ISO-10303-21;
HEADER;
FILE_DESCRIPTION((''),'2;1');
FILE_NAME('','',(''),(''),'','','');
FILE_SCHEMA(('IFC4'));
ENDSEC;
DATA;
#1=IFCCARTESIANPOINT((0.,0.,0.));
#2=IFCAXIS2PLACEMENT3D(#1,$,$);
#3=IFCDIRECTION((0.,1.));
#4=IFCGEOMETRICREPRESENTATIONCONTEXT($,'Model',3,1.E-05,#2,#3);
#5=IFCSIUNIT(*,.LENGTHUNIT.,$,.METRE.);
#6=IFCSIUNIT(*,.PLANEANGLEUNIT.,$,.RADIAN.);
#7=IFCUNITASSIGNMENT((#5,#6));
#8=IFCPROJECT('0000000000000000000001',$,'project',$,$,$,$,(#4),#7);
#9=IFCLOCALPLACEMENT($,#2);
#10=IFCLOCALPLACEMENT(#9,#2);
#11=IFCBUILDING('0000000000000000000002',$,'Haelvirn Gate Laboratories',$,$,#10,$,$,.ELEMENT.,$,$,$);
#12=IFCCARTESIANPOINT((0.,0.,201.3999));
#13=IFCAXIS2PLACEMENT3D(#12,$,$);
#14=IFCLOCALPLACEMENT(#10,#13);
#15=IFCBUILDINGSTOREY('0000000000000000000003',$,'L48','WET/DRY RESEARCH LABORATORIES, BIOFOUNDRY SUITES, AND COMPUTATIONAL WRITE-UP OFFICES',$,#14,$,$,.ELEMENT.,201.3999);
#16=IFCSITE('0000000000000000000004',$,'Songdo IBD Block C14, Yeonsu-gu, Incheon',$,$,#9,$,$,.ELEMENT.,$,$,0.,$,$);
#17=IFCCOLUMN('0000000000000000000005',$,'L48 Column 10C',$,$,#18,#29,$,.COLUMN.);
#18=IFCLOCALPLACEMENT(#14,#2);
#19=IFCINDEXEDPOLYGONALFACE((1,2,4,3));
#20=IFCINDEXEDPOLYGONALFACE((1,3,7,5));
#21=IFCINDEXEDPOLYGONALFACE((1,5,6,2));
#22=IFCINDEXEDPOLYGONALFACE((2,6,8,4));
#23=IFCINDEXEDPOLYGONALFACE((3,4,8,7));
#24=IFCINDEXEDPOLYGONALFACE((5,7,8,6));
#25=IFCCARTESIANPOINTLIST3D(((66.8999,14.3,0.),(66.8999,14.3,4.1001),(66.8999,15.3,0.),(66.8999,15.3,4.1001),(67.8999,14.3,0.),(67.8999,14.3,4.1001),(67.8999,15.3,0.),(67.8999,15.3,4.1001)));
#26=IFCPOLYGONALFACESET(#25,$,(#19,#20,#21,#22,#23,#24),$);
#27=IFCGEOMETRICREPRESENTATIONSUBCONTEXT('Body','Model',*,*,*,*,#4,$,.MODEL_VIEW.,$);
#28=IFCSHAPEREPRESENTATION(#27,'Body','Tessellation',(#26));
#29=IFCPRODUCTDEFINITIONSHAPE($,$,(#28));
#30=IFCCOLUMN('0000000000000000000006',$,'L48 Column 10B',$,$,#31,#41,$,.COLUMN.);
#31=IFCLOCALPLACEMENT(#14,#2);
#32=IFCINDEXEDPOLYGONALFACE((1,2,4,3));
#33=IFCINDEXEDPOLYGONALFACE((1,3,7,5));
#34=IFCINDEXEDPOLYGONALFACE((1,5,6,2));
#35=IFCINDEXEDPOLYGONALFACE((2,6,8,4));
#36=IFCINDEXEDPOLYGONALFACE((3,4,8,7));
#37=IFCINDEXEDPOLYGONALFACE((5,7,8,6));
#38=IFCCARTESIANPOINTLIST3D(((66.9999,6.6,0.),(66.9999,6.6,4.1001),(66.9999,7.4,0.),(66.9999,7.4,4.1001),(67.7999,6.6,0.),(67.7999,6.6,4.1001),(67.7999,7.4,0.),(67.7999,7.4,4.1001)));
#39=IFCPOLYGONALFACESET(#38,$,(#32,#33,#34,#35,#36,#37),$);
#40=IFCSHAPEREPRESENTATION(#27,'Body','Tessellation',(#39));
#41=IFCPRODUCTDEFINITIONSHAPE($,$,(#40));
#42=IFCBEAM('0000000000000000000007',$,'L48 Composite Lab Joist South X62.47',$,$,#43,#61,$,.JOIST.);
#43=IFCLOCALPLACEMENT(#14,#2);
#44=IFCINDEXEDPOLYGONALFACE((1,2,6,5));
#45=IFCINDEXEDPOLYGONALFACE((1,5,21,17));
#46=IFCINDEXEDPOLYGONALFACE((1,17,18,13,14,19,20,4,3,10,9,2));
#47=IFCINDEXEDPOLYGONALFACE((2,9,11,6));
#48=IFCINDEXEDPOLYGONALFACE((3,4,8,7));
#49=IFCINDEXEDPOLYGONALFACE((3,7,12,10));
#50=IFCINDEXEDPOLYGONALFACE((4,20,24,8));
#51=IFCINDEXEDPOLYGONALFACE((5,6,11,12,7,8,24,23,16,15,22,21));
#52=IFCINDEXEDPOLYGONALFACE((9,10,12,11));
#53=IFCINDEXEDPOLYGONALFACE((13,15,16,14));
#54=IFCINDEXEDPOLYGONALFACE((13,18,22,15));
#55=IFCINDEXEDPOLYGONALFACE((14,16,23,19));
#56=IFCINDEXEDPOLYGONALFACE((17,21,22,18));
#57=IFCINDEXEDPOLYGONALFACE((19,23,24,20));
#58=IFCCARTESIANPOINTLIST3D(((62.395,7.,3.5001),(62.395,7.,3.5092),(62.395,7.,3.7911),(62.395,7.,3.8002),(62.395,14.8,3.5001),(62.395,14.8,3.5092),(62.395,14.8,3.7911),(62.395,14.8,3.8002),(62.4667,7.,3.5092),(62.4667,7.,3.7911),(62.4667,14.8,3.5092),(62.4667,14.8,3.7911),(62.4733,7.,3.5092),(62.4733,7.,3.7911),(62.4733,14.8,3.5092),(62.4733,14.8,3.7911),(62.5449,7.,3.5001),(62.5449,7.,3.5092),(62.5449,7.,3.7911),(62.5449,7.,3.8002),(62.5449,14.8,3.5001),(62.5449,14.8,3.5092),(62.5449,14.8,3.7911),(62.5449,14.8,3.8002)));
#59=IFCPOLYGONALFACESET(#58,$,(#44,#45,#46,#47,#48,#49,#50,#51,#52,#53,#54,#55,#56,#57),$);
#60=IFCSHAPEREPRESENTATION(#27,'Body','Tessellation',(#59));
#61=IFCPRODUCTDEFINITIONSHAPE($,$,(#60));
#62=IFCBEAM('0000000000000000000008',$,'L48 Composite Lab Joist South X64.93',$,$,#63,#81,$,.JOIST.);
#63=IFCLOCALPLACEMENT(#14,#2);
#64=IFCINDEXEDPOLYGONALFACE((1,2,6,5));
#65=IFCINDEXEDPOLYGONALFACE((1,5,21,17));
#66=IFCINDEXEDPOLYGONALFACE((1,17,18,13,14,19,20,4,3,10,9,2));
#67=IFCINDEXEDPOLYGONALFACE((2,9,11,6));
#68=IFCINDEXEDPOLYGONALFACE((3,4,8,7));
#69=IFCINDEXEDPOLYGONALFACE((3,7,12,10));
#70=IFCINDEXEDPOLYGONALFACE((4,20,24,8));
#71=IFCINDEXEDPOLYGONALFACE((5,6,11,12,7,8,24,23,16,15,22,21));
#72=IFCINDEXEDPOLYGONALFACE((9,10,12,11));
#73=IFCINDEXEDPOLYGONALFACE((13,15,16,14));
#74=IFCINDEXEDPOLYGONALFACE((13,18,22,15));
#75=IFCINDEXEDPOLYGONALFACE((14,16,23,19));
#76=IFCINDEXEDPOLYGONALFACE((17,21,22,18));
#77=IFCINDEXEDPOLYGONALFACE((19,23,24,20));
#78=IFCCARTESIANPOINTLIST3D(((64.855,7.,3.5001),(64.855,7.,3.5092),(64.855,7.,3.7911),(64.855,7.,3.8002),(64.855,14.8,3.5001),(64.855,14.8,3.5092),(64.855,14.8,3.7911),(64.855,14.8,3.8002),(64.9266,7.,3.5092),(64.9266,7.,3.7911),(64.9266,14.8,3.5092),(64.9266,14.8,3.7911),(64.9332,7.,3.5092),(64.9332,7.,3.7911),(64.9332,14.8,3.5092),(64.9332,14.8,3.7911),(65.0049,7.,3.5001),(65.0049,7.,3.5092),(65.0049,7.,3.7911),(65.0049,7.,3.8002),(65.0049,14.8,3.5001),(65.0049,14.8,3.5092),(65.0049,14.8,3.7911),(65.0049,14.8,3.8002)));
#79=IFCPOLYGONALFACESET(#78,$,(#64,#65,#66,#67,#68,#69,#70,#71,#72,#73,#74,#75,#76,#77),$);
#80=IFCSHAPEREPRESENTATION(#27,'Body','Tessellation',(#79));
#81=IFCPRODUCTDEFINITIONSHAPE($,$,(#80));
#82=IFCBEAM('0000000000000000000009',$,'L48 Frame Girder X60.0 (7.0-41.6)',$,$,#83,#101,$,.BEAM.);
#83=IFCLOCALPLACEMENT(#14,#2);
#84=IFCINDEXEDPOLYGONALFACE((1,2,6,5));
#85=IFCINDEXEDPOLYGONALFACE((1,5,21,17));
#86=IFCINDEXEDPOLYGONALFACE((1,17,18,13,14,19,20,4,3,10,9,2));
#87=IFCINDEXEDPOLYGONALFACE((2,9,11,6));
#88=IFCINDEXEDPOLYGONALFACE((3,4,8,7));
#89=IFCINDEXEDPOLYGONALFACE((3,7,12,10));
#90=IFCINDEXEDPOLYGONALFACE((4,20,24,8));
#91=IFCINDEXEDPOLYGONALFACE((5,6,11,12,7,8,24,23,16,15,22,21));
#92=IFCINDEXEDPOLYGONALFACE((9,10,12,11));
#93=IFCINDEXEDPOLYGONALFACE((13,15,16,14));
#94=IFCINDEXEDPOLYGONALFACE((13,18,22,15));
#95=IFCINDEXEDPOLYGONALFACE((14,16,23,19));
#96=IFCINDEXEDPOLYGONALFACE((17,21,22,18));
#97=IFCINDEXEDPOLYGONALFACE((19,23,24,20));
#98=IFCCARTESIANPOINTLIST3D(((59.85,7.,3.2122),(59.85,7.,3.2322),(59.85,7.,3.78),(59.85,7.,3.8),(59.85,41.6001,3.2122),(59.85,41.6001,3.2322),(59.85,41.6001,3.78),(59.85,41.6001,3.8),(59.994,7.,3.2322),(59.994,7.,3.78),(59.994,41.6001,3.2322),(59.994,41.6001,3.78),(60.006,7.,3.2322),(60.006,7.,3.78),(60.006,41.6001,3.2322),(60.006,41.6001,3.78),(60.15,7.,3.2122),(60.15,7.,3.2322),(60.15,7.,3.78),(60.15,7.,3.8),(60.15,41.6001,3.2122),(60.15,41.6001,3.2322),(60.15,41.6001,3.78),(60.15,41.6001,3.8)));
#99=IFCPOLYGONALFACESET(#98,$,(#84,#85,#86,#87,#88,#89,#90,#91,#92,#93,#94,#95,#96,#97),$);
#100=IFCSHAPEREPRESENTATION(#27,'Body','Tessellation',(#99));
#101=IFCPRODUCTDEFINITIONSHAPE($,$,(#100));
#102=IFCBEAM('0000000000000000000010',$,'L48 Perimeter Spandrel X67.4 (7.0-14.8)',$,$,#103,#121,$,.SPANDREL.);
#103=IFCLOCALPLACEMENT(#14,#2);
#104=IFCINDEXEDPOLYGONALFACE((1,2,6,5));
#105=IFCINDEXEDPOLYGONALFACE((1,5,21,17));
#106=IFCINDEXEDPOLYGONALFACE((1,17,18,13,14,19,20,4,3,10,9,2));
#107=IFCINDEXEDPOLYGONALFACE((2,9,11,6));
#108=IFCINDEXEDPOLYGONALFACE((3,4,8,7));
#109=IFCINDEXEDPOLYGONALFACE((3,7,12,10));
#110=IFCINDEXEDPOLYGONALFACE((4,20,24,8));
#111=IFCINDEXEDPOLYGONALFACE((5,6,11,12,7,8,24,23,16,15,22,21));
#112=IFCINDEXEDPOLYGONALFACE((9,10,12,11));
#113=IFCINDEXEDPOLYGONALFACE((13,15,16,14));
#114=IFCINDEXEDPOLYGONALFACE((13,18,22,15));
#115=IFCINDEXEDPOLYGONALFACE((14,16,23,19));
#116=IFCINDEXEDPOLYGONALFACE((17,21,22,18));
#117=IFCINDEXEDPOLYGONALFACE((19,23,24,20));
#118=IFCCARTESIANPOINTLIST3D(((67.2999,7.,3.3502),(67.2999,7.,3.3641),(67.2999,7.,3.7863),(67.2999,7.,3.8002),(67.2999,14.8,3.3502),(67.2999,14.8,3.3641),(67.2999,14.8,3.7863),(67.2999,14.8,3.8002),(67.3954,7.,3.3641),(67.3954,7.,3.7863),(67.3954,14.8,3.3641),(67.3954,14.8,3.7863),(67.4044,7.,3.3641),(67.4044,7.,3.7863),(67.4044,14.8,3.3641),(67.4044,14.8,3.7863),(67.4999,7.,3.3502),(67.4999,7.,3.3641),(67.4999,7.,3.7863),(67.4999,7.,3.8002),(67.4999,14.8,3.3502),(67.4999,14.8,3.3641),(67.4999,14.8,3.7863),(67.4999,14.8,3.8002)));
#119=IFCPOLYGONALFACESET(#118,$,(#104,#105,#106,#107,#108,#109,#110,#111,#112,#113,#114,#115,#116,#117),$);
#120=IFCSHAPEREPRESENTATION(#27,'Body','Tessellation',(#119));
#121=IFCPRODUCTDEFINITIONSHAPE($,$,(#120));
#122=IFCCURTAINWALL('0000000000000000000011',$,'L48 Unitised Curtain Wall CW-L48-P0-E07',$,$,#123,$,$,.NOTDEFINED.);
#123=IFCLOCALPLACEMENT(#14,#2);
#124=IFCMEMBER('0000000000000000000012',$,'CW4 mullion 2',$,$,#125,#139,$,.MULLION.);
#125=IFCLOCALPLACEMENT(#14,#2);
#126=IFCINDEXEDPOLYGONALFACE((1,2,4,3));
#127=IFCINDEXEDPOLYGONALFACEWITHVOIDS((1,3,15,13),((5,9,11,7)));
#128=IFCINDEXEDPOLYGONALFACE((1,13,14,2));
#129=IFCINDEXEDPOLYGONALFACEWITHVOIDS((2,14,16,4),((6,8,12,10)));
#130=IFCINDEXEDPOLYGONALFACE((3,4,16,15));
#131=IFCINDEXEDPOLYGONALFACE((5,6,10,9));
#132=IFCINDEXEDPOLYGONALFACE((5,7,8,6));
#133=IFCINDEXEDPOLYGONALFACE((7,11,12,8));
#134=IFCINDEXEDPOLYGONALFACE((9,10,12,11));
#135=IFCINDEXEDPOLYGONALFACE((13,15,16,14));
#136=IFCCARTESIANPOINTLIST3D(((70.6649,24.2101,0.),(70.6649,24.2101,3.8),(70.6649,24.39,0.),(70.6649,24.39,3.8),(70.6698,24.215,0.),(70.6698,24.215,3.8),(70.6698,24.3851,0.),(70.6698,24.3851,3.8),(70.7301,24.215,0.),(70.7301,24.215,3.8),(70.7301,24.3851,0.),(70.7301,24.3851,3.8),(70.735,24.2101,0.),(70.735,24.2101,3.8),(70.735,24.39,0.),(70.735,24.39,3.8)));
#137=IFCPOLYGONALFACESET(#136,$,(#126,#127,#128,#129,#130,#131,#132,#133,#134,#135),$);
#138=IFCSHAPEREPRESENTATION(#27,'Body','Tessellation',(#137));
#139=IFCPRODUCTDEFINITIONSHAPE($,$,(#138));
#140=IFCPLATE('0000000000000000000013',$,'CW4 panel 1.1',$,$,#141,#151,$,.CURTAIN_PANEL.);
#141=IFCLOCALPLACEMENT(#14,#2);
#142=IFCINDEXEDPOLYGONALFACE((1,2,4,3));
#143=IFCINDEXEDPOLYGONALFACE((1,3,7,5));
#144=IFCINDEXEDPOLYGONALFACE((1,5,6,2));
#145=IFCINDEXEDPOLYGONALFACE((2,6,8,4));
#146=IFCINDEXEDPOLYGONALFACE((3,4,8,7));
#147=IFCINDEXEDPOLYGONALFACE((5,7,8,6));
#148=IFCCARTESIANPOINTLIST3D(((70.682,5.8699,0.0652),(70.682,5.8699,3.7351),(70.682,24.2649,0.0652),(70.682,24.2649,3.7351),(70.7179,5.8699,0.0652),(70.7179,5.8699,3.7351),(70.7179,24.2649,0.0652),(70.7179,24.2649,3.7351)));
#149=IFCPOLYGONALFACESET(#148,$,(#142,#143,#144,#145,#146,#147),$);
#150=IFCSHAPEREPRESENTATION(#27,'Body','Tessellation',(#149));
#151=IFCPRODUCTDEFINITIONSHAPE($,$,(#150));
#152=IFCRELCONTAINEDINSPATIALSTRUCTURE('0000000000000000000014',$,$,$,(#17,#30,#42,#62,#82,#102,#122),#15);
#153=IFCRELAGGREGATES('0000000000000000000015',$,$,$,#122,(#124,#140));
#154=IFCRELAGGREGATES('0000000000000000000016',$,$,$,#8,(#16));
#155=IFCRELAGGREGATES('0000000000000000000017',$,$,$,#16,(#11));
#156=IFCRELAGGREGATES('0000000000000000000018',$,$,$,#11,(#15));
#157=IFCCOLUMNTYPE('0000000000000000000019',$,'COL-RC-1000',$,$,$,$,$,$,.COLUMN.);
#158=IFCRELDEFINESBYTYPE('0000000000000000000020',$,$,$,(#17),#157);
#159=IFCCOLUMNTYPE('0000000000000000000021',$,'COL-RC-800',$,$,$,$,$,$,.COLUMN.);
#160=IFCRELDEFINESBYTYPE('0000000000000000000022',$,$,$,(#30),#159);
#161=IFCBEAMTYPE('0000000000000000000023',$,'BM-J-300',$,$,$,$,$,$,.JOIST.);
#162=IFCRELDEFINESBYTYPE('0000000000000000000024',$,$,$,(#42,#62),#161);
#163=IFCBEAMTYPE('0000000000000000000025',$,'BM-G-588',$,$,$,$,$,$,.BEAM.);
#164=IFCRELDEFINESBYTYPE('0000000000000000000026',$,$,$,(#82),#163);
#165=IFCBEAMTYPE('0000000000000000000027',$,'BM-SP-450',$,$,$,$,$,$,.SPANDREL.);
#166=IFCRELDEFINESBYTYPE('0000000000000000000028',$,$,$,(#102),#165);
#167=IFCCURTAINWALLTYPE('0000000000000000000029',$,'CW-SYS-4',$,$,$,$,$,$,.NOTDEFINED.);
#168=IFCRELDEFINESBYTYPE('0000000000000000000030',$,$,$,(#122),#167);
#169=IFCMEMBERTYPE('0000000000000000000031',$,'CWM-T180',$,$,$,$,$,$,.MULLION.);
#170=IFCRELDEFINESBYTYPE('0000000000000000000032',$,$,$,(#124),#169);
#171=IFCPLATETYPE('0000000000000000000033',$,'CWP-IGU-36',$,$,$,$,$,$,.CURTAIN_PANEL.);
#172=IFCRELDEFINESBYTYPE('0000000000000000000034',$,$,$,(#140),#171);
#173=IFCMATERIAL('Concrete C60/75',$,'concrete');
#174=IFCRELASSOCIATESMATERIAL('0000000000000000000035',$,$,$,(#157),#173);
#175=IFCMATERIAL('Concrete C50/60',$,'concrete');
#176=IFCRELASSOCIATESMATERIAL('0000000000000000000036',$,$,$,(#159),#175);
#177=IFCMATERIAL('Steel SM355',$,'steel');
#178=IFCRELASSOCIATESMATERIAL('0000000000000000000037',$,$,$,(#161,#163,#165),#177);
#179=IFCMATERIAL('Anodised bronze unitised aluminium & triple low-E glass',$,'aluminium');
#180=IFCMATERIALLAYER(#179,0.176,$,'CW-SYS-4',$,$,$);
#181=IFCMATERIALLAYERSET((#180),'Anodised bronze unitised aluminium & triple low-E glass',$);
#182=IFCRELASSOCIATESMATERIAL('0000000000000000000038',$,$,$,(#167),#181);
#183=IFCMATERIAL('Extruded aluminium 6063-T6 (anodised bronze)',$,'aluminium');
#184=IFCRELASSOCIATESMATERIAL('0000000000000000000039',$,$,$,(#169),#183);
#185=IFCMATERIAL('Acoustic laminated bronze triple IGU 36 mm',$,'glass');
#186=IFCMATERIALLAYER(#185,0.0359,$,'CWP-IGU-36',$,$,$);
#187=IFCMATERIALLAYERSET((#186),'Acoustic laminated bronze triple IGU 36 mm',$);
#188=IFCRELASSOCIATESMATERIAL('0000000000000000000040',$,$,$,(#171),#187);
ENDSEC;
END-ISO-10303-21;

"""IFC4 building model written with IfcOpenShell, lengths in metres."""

from ifc_helpers import new_model, si_unit, direction, frame, origin, origin_2d, place, context, subcontext, project, spatial, rectangle, hollow_rectangle, i_section, extrude, source, transform, mapped, material, layer, layer_set, material_profile, profile_set, type_object, type_shapes, element, aggregate, save


model = new_model("IFC4")

# Units and contexts
model_context = context("Model", 3, precision=1e-05, world=origin(), true_north=direction((0.0, 1.0)))
body_context = subcontext(model_context, "Body", "Model", "MODEL_VIEW")
ifc_project = project(units=[si_unit("LENGTHUNIT", "METRE"), si_unit("PLANEANGLEUNIT", "RADIAN")], contexts=[model_context])

# Site, building, storey
site_placement = place(None, origin())
site = spatial("IfcSite", under=ifc_project, at=site_placement, Name="Songdo IBD Block C14, Yeonsu-gu, Incheon", CompositionType="ELEMENT", RefElevation=0.0)
building_placement = place(site_placement, origin())
building = spatial("IfcBuilding", under=site, at=building_placement, Name="Haelvirn Gate Laboratories", CompositionType="ELEMENT")
storey_placement = place(building_placement, frame((0.0, 0.0, 201.3999)))
storey = spatial("IfcBuildingStorey", under=building, at=storey_placement, Name="L48", Description="WET/DRY RESEARCH LABORATORIES, BIOFOUNDRY SUITES, AND COMPUTATIONAL WRITE-UP OFFICES", CompositionType="ELEMENT", Elevation=201.3999)

# Columns
ifc_material_1 = material(Name="Concrete C60/75", Category="concrete")
ifc_material_profile_1 = material_profile(ifc_material_1, rectangle(XDim=1.0, YDim=1.0, at=origin_2d()), Name="RC-1000x1000")
ifc_profile_set_1 = profile_set([ifc_material_profile_1], Name="Concrete C60/75")
column_type_1 = type_object("IfcColumnType", Name="COL-RC-1000", PredefinedType="COLUMN", material=ifc_profile_set_1)
shared_shape_1 = source(origin(), body_context, "Body", "SweptSolid", [
    extrude(rectangle(XDim=1.0, YDim=1.0, at=origin_2d()), origin(), (0.0, 0.0, 1.0), 4.1001),
])
type_shapes(column_type_1, [shared_shape_1])
column_1_placement = place(storey_placement, frame((67.3999, 14.8, 0.0), z_axis=(0.0, 0.0, 1.0), x_axis=(1.0, 0.0, 0.0)))
element("IfcColumn", 1, at=column_1_placement, inside=storey, type_object=column_type_1, Name="L48 Column 10C", PredefinedType="COLUMN", context=body_context, shape_type="MappedRepresentation", body=[
    mapped(shared_shape_1, transform((0.0, 0.0, 0.0), scale=1.0)),
])
ifc_material_2 = material(Name="Concrete C50/60", Category="concrete")
ifc_material_profile_2 = material_profile(ifc_material_2, rectangle(XDim=0.8, YDim=0.8, at=origin_2d()), Name="RC-800x800")
ifc_profile_set_2 = profile_set([ifc_material_profile_2], Name="Concrete C50/60")
column_type_2 = type_object("IfcColumnType", Name="COL-RC-800", PredefinedType="COLUMN", material=ifc_profile_set_2)
shared_shape_2 = source(origin(), body_context, "Body", "SweptSolid", [
    extrude(rectangle(XDim=0.8, YDim=0.8, at=origin_2d()), origin(), (0.0, 0.0, 1.0), 4.1001),
])
type_shapes(column_type_2, [shared_shape_2])
column_2_placement = place(storey_placement, frame((67.3999, 7.0, 0.0), z_axis=(0.0, 0.0, 1.0), x_axis=(1.0, 0.0, 0.0)))
element("IfcColumn", 2, at=column_2_placement, inside=storey, type_object=column_type_2, Name="L48 Column 10B", PredefinedType="COLUMN", context=body_context, shape_type="MappedRepresentation", body=[
    mapped(shared_shape_2, transform((0.0, 0.0, 0.0), scale=1.0)),
])

# Beams
ifc_material_3 = material(Name="Steel SM355", Category="steel")
ifc_material_profile_3 = material_profile(ifc_material_3, i_section(OverallWidth=0.1499, OverallDepth=0.3, WebThickness=0.0066, FlangeThickness=0.009, at=origin_2d()), Name="H-300x150x6.5x9")
ifc_profile_set_3 = profile_set([ifc_material_profile_3], Name="Steel SM355")
beam_type_1 = type_object("IfcBeamType", Name="BM-J-300", PredefinedType="JOIST", material=ifc_profile_set_3)
shared_shape_3 = source(origin(), body_context, "Body", "SweptSolid", [
    extrude(i_section(OverallWidth=0.1499, OverallDepth=0.3, WebThickness=0.0066, FlangeThickness=0.009, at=origin_2d()), origin(), (0.0, 0.0, 1.0), 7.8),
])
type_shapes(beam_type_1, [shared_shape_3])
for number, where, z_axis, x_axis, name in (
    (3, (62.47, 7.0, 3.6501), (0.0, 1.0, 0.0), (-1.0, 0.0, 0.0), "L48 Composite Lab Joist South X62.47"),
    (4, (64.9299, 7.0, 3.6501), (0.0, 1.0, 0.0), (-1.0, 0.0, 0.0), "L48 Composite Lab Joist South X64.93"),
):
    element("IfcBeam", number, at=place(storey_placement, frame(where, z_axis=z_axis, x_axis=x_axis)), inside=storey, type_object=beam_type_1, Name=name, PredefinedType="JOIST", context=body_context, shape_type="MappedRepresentation", body=[
        mapped(shared_shape_3, transform((0.0, 0.0, 0.0), scale=1.0)),
    ])
ifc_material_profile_4 = material_profile(ifc_material_3, i_section(OverallWidth=0.3, OverallDepth=0.5879, WebThickness=0.012, FlangeThickness=0.02, at=origin_2d()), Name="H-588x300x12x20")
ifc_profile_set_4 = profile_set([ifc_material_profile_4], Name="Steel SM355")
beam_type_2 = type_object("IfcBeamType", Name="BM-G-588", PredefinedType="BEAM", material=ifc_profile_set_4)
shared_shape_4 = source(origin(), body_context, "Body", "SweptSolid", [
    extrude(i_section(OverallWidth=0.3, OverallDepth=0.5879, WebThickness=0.012, FlangeThickness=0.02, at=origin_2d()), origin(), (0.0, 0.0, 1.0), 34.6001),
])
type_shapes(beam_type_2, [shared_shape_4])
beam_1_placement = place(storey_placement, frame((60.0, 7.0, 3.5061), z_axis=(0.0, 1.0, 0.0), x_axis=(-1.0, 0.0, 0.0)))
element("IfcBeam", 5, at=beam_1_placement, inside=storey, type_object=beam_type_2, Name="L48 Frame Girder X60.0 (7.0-41.6)", PredefinedType="BEAM", context=body_context, shape_type="MappedRepresentation", body=[
    mapped(shared_shape_4, transform((0.0, 0.0, 0.0), scale=1.0)),
])
ifc_material_profile_5 = material_profile(ifc_material_3, i_section(OverallWidth=0.2, OverallDepth=0.45, WebThickness=0.009, FlangeThickness=0.0139, at=origin_2d()), Name="H-450x200x9x14")
ifc_profile_set_5 = profile_set([ifc_material_profile_5], Name="Steel SM355")
beam_type_3 = type_object("IfcBeamType", Name="BM-SP-450", PredefinedType="SPANDREL", material=ifc_profile_set_5)
shared_shape_5 = source(origin(), body_context, "Body", "SweptSolid", [
    extrude(i_section(OverallWidth=0.2, OverallDepth=0.45, WebThickness=0.009, FlangeThickness=0.0139, at=origin_2d()), origin(), (0.0, 0.0, 1.0), 7.8),
])
type_shapes(beam_type_3, [shared_shape_5])
beam_2_placement = place(storey_placement, frame((67.3999, 7.0, 3.5752), z_axis=(0.0, 1.0, 0.0), x_axis=(-1.0, 0.0, 0.0)))
element("IfcBeam", 6, at=beam_2_placement, inside=storey, type_object=beam_type_3, Name="L48 Perimeter Spandrel X67.4 (7.0-14.8)", PredefinedType="SPANDREL", context=body_context, shape_type="MappedRepresentation", body=[
    mapped(shared_shape_5, transform((0.0, 0.0, 0.0), scale=1.0)),
])

# Curtain wall, member, plate
ifc_material_4 = material(Name="Anodised bronze unitised aluminium & triple low-E glass", Category="aluminium")
ifc_layer_1 = layer(ifc_material_4, 0.176, Name="CW-SYS-4")
ifc_layer_set_1 = layer_set([ifc_layer_1], Name="Anodised bronze unitised aluminium & triple low-E glass")
curtain_wall_type = type_object("IfcCurtainWallType", Name="CW-SYS-4", PredefinedType="NOTDEFINED", material=ifc_layer_set_1)
curtain_wall_placement = place(storey_placement, origin())
curtain_wall = element("IfcCurtainWall", 7, at=curtain_wall_placement, inside=storey, type_object=curtain_wall_type, Name="L48 Unitised Curtain Wall CW-L48-P0-E07", PredefinedType="NOTDEFINED")
ifc_material_5 = material(Name="Extruded aluminium 6063-T6 (anodised bronze)", Category="aluminium")
ifc_material_profile_6 = material_profile(ifc_material_5, hollow_rectangle(XDim=0.0701, YDim=0.1799, WallThickness=0.0049, at=origin_2d()), Name="CWM-180x70x5")
ifc_profile_set_6 = profile_set([ifc_material_profile_6], Name="Extruded aluminium 6063-T6 (anodised bronze)")
member_type = type_object("IfcMemberType", Name="CWM-T180", PredefinedType="MULLION", material=ifc_profile_set_6)
shared_shape_6 = source(origin(), body_context, "Body", "SweptSolid", [
    extrude(hollow_rectangle(XDim=0.0701, YDim=0.1799, WallThickness=0.0049, at=origin_2d()), origin(), (0.0, 0.0, 1.0), 3.8),
])
type_shapes(member_type, [shared_shape_6])
member_placement = place(storey_placement, frame((70.7, 24.3, 0.0), z_axis=(0.0, 0.0, 1.0), x_axis=(-1.0, 0.0, 0.0)))
member = element("IfcMember", 8, at=member_placement, type_object=member_type, Name="CW4 mullion 2", PredefinedType="MULLION", context=body_context, shape_type="MappedRepresentation", body=[
    mapped(shared_shape_6, transform((0.0, 0.0, 0.0), scale=1.0)),
])
ifc_material_6 = material(Name="Acoustic laminated bronze triple IGU 36 mm", Category="glass")
ifc_layer_2 = layer(ifc_material_6, 0.0359, Name="CWP-IGU-36")
ifc_layer_set_2 = layer_set([ifc_layer_2], Name="Acoustic laminated bronze triple IGU 36 mm")
plate_type = type_object("IfcPlateType", Name="CWP-IGU-36", PredefinedType="CURTAIN_PANEL", material=ifc_layer_set_2)
shared_shape_7 = source(origin(), body_context, "Body", "SweptSolid", [
    extrude(rectangle(XDim=18.395, YDim=0.0359, at=origin_2d()), origin(), (0.0, 0.0, 1.0), 3.6699),
])
type_shapes(plate_type, [shared_shape_7])
plate_placement = place(storey_placement, frame((70.7, 15.0674, 0.0652), z_axis=(0.0, 0.0, 1.0), x_axis=(0.0, 1.0, 0.0)))
plate = element("IfcPlate", 9, at=plate_placement, type_object=plate_type, Name="CW4 panel 1.1", PredefinedType="CURTAIN_PANEL", context=body_context, shape_type="MappedRepresentation", body=[
    mapped(shared_shape_7, transform((0.0, 0.0, 0.0), scale=1.0)),
])
aggregate(curtain_wall, [member, plate])

save(model, "model.ifc")
